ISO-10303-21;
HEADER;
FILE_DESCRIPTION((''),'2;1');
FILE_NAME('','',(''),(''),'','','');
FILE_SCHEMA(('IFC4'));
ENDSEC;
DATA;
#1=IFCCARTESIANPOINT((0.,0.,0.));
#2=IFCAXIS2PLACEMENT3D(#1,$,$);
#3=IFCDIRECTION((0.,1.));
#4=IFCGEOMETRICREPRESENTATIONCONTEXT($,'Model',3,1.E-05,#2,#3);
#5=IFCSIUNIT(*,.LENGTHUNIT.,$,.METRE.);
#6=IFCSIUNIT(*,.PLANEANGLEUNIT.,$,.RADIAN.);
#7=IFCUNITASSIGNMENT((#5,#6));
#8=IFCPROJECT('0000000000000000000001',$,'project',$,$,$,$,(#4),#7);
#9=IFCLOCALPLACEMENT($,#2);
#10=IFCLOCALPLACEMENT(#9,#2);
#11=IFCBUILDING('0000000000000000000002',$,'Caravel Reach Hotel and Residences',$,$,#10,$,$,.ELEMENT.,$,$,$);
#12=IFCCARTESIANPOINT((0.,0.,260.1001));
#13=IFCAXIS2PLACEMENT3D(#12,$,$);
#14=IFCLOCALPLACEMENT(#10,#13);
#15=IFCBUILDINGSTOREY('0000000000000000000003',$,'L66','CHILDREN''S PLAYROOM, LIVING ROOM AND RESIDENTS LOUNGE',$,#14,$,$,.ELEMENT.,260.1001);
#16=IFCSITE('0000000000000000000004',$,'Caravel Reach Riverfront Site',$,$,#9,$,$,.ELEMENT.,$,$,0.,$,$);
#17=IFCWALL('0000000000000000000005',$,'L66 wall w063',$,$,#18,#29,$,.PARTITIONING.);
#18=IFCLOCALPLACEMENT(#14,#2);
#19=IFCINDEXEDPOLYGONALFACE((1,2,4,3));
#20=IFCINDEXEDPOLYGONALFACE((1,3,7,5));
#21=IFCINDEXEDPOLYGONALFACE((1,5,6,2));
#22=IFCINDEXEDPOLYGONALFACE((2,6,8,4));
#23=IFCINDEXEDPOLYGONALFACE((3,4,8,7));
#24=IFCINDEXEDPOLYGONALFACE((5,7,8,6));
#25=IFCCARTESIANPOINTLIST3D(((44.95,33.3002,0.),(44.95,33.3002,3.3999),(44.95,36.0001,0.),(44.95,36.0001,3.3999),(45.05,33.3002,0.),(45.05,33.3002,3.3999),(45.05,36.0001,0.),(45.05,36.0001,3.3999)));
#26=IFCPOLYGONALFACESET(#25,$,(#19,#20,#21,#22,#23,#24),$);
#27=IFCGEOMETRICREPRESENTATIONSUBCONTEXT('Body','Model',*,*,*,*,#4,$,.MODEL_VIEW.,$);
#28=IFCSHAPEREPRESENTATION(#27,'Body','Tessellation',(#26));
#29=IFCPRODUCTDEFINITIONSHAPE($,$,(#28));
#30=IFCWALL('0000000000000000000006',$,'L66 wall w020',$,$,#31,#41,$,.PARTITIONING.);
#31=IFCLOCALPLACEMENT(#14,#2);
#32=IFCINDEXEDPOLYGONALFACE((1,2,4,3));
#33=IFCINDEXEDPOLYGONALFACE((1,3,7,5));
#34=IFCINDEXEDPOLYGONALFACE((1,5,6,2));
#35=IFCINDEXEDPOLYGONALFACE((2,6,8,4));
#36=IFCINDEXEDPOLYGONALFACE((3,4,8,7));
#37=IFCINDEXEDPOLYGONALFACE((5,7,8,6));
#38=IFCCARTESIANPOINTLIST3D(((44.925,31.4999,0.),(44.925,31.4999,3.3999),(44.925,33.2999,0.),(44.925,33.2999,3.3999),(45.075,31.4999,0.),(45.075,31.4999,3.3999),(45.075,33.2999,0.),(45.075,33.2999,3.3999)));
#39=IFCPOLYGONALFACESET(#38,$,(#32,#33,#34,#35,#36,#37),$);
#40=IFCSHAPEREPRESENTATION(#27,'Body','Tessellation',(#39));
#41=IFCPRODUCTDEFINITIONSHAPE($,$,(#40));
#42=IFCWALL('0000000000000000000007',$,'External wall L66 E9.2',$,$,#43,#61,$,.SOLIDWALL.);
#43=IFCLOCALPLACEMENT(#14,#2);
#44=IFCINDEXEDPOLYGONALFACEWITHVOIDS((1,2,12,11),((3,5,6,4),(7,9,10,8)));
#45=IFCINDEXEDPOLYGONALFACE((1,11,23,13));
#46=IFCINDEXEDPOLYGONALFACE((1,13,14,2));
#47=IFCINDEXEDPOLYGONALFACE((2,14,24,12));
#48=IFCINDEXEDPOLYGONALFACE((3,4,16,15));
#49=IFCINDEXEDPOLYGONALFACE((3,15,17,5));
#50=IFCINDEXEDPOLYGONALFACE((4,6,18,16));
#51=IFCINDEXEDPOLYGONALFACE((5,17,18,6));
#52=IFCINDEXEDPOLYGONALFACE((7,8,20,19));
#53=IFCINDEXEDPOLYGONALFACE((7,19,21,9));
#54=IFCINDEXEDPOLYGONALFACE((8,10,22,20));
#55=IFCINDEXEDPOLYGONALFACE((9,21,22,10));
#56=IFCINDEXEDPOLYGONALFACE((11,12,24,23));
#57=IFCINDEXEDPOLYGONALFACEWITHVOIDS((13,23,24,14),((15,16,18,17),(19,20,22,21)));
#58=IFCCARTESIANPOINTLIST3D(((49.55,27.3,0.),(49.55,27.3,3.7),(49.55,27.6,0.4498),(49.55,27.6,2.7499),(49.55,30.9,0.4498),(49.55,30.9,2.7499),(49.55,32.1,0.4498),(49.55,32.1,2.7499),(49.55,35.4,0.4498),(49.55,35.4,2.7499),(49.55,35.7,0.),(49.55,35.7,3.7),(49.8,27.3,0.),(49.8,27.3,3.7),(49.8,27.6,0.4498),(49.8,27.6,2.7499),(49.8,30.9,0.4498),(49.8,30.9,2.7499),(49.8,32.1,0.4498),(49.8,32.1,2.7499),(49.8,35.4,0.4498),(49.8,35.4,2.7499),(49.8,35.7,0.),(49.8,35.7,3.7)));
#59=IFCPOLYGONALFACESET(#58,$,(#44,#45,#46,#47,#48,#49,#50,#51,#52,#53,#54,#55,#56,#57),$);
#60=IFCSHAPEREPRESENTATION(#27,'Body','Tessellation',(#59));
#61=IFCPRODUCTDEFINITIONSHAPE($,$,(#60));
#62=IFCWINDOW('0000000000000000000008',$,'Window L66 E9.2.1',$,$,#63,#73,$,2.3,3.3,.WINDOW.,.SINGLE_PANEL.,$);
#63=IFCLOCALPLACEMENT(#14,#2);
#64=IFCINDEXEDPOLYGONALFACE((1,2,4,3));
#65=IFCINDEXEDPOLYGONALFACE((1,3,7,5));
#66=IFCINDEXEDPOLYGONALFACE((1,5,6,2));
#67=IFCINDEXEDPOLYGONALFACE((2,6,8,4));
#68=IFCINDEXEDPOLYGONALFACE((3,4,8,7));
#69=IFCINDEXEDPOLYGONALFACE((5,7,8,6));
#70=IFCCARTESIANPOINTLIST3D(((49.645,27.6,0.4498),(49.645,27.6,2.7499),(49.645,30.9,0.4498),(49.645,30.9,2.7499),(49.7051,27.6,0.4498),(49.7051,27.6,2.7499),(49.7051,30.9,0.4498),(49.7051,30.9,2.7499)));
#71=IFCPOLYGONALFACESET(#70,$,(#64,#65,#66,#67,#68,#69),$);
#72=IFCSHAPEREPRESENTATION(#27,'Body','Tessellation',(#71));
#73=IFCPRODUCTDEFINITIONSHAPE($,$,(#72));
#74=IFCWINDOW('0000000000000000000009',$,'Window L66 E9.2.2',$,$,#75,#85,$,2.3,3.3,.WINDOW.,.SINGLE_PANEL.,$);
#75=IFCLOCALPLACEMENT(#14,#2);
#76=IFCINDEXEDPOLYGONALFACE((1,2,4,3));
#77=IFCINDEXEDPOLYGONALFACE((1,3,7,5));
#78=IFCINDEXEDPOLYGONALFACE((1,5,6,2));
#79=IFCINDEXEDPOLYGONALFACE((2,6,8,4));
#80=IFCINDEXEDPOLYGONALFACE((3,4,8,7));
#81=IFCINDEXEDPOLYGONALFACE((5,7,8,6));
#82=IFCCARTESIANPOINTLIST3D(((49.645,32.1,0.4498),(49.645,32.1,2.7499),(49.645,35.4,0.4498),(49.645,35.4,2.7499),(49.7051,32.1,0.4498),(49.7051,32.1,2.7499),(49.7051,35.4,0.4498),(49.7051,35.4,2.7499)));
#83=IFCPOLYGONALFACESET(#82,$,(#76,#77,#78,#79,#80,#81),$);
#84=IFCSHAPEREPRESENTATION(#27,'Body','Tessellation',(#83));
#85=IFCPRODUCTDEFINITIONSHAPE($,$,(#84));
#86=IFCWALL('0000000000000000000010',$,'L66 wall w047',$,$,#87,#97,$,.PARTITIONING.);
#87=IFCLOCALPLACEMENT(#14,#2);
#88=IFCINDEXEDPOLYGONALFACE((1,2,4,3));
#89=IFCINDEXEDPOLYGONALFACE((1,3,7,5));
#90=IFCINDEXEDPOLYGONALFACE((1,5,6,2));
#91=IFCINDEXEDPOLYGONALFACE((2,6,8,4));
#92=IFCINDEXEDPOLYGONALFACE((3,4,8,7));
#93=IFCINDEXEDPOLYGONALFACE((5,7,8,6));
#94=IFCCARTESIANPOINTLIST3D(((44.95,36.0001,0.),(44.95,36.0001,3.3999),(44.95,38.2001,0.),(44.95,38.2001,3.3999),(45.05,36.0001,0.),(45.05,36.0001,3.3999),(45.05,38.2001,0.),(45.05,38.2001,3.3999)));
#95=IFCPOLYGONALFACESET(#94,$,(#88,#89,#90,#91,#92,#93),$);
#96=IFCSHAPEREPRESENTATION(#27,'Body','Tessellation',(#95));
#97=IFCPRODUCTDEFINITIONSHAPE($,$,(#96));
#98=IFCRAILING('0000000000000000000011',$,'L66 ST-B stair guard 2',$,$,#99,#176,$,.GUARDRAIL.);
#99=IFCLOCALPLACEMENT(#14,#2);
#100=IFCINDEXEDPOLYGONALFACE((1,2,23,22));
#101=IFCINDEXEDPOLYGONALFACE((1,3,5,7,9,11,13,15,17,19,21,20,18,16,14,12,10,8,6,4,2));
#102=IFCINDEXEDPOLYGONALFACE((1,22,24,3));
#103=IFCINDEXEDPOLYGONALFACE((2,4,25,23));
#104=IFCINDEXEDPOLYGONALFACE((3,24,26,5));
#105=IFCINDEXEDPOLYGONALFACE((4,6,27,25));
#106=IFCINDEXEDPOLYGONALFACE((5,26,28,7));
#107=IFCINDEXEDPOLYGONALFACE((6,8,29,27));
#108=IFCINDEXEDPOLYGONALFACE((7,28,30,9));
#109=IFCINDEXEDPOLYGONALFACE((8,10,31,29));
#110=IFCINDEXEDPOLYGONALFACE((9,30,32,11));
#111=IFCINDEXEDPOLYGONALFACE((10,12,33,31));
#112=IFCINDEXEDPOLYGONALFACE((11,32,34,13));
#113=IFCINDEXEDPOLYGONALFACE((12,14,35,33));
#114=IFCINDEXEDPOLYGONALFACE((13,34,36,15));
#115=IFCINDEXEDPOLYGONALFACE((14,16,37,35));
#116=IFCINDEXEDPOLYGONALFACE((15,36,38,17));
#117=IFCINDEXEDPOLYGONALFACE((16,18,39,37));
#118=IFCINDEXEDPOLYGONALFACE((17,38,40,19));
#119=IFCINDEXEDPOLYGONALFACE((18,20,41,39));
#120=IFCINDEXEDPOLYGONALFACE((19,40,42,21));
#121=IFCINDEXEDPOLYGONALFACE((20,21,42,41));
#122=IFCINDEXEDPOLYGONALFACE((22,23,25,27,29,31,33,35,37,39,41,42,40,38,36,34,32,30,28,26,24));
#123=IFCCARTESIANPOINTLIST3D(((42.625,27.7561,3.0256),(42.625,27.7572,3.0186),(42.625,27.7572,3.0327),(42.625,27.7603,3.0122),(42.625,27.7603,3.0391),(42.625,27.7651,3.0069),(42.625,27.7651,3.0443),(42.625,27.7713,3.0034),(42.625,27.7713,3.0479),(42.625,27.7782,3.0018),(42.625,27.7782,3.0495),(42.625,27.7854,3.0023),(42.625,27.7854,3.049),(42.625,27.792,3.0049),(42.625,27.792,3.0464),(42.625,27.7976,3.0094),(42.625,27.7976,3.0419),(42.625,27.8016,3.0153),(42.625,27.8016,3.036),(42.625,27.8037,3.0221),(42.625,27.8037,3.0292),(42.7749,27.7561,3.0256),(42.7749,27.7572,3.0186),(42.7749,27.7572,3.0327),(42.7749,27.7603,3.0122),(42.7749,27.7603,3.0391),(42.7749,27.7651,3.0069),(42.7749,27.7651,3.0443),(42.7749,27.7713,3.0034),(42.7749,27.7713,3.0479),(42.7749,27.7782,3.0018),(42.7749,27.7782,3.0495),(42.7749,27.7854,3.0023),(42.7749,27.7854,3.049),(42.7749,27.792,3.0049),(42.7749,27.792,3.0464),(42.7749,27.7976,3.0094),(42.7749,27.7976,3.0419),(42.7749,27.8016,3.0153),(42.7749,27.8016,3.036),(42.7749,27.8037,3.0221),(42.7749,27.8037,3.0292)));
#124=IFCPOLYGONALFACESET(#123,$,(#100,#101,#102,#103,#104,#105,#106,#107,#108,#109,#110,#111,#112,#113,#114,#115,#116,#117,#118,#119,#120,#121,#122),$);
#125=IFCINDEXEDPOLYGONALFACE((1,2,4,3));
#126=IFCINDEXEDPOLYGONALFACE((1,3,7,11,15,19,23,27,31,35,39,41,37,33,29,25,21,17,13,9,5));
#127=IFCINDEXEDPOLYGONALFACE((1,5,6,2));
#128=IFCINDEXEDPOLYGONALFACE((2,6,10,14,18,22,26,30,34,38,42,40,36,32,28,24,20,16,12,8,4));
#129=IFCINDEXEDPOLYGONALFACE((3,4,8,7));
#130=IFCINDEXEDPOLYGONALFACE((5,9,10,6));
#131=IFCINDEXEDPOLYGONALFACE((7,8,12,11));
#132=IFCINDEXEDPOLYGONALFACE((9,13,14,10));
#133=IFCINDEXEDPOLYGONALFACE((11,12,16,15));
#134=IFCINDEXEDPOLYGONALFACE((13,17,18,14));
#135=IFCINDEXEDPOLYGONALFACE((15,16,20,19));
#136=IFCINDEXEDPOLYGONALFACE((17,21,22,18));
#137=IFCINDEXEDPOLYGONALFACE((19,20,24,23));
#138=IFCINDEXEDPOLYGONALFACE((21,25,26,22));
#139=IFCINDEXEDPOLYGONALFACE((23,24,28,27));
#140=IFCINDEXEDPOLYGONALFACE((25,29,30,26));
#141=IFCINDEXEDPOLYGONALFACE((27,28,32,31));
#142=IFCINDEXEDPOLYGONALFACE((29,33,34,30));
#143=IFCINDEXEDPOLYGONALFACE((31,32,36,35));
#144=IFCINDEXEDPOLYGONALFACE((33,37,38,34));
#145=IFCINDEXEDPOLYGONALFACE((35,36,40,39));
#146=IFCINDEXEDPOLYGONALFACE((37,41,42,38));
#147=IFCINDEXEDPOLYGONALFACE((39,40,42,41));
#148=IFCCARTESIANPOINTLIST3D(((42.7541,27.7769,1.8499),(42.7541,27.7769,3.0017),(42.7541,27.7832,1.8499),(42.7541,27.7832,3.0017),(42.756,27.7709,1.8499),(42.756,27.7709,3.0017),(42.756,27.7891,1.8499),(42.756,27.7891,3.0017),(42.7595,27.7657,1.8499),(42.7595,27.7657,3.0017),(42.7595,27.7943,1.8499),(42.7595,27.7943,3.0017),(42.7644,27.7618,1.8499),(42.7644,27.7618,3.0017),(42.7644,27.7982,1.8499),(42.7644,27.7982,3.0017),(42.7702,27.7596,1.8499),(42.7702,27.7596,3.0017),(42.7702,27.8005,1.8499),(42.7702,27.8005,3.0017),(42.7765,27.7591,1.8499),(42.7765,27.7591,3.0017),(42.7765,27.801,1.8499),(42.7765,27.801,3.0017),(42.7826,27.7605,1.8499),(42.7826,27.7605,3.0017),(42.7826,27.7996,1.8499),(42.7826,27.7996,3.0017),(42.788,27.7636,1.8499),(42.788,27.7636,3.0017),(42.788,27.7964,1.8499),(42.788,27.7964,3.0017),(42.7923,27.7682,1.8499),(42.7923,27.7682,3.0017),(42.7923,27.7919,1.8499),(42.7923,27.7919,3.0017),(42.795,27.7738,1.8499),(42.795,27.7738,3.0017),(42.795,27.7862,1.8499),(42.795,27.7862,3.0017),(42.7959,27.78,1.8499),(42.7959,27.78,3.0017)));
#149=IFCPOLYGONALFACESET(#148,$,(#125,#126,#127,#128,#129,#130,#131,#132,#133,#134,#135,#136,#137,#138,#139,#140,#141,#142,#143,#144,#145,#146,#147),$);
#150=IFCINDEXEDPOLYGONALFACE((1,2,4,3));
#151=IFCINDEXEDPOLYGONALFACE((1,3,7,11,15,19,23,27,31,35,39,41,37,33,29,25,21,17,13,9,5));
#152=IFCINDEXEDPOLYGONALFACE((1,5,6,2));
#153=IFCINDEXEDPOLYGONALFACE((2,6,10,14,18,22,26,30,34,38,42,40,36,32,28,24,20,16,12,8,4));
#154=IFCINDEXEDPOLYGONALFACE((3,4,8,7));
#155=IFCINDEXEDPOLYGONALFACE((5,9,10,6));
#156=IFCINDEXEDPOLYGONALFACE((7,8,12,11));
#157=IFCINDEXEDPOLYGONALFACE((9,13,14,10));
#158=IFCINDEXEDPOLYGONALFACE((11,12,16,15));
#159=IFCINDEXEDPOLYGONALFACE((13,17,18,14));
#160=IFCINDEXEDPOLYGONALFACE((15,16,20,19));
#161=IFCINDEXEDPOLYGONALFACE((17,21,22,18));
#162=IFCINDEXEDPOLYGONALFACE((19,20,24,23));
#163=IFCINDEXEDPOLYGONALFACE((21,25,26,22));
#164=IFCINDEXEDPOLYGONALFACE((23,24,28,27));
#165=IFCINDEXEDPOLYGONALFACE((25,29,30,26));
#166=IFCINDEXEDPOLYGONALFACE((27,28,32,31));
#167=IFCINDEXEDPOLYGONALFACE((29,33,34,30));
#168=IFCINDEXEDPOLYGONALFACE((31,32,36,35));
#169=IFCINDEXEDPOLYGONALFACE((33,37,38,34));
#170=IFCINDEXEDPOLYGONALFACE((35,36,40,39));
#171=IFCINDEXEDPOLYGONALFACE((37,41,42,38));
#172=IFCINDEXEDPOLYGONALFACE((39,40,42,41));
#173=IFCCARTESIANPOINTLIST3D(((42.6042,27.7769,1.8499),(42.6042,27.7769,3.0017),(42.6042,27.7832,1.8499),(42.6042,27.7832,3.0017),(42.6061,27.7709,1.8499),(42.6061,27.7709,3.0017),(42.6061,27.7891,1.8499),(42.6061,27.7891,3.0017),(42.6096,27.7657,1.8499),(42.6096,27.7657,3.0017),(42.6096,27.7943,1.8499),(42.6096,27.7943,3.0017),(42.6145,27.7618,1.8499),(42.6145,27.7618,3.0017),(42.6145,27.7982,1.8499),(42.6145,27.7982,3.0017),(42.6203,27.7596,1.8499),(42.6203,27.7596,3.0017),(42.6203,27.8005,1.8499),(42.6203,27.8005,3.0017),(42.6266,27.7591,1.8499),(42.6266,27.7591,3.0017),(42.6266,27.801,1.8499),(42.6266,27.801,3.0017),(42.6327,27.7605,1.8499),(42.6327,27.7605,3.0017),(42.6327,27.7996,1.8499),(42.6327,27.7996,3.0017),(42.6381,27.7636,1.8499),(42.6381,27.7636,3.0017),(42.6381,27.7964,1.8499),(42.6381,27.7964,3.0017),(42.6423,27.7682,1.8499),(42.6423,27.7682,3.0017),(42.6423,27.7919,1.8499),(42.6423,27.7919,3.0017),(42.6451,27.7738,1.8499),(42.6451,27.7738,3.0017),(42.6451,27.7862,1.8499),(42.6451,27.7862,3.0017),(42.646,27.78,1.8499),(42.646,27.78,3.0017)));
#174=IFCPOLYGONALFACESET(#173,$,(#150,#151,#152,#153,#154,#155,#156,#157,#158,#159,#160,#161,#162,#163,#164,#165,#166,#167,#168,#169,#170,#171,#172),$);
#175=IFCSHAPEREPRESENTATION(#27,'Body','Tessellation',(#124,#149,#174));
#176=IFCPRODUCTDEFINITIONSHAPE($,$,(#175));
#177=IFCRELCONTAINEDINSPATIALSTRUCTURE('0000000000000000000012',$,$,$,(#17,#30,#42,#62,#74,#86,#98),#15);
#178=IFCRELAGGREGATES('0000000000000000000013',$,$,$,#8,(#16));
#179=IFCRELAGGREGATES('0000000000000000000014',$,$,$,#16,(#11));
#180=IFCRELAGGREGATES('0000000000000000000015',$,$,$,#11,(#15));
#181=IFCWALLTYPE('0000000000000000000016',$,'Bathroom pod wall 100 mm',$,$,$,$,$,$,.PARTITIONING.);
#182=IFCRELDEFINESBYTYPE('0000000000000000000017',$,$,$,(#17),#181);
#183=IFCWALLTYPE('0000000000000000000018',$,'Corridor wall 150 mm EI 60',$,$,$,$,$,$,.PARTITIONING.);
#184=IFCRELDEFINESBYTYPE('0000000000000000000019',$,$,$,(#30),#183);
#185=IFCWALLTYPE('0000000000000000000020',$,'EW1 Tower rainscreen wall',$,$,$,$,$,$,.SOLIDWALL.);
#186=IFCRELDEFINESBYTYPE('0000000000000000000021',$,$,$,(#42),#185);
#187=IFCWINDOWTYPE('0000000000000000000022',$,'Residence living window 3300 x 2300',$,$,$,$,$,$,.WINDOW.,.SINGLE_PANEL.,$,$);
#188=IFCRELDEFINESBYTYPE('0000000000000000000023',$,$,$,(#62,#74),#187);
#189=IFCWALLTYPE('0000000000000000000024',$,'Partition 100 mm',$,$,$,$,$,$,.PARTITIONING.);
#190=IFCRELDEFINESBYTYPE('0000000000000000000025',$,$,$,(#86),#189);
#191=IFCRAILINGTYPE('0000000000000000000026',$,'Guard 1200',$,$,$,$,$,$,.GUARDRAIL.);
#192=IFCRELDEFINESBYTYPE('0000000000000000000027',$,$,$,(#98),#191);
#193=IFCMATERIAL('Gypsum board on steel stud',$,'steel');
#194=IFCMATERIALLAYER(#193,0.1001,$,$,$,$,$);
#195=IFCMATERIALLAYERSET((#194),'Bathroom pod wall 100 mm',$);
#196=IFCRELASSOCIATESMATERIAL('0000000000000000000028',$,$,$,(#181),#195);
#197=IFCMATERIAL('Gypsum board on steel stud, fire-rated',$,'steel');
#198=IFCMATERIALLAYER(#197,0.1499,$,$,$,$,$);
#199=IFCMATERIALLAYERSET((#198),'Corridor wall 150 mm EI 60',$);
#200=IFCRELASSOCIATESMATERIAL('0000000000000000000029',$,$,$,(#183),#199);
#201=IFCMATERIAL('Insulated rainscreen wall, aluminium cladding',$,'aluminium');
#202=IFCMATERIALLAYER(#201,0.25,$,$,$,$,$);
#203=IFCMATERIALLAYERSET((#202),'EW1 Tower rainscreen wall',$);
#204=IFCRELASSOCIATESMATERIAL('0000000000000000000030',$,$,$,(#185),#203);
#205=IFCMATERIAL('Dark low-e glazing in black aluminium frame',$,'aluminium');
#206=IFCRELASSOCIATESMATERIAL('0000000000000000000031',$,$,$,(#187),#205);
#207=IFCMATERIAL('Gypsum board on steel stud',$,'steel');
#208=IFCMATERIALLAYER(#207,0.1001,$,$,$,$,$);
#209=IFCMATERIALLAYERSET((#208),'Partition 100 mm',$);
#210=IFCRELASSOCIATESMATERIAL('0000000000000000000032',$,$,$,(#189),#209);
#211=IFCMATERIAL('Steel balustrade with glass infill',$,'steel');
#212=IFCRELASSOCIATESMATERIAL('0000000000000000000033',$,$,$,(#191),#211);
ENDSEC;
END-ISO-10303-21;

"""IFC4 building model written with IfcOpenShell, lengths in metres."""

from ifc_helpers import new_model, si_unit, direction, frame, frame_2d, origin, origin_2d, place, context, subcontext, project, spatial, rectangle, circle, extrude, material, layer, layer_set, type_object, element, fill, save


model = new_model("IFC4")

# Units and contexts
model_context = context("Model", 3, precision=1e-05, world=origin(), true_north=direction((0.0, 1.0)))
body_context = subcontext(model_context, "Body", "Model", "MODEL_VIEW")
ifc_project = project(units=[si_unit("LENGTHUNIT", "METRE"), si_unit("PLANEANGLEUNIT", "RADIAN")], contexts=[model_context])

# Site, building, storey
site_placement = place(None, origin())
site = spatial("IfcSite", under=ifc_project, at=site_placement, Name="Caravel Reach Riverfront Site", CompositionType="ELEMENT", RefElevation=0.0)
building_placement = place(site_placement, origin())
building = spatial("IfcBuilding", under=site, at=building_placement, Name="Caravel Reach Hotel and Residences", CompositionType="ELEMENT")
storey_placement = place(building_placement, frame((0.0, 0.0, 260.1001)))
storey = spatial("IfcBuildingStorey", under=building, at=storey_placement, Name="L66", Description="CHILDREN'S PLAYROOM, LIVING ROOM AND RESIDENTS LOUNGE", CompositionType="ELEMENT", Elevation=260.1001)

# Shared definitions
ifc_material_1 = material(Name="Gypsum board on steel stud", Category="steel")
ifc_layer_1 = layer(ifc_material_1, 0.1001)
ifc_layer_set_1 = layer_set([ifc_layer_1], Name="Bathroom pod wall 100 mm")
wall_type_1 = type_object("IfcWallType", Name="Bathroom pod wall 100 mm", PredefinedType="PARTITIONING", material=ifc_layer_set_1)

# Walls
wall_1_placement = place(storey_placement, frame((45.0, 33.3, 0.0), z_axis=(0.0, 0.0, 1.0), x_axis=(0.0, 1.0, 0.0)))
element("IfcWall", 1, at=wall_1_placement, inside=storey, type_object=wall_type_1, Name="L66 wall w063", PredefinedType="PARTITIONING", context=body_context, shape_type="SweptSolid", body=[
    extrude(rectangle(XDim=2.7, YDim=0.1001, at=frame_2d((1.3501, 0.0))), origin(), (0.0, 0.0, 1.0), 3.3999),
])
ifc_material_2 = material(Name="Gypsum board on steel stud, fire-rated", Category="steel")
ifc_layer_2 = layer(ifc_material_2, 0.1499)
ifc_layer_set_2 = layer_set([ifc_layer_2], Name="Corridor wall 150 mm EI 60")
wall_type_2 = type_object("IfcWallType", Name="Corridor wall 150 mm EI 60", PredefinedType="PARTITIONING", material=ifc_layer_set_2)
wall_2_placement = place(storey_placement, frame((45.0, 31.5, 0.0), z_axis=(0.0, 0.0, 1.0), x_axis=(0.0, 1.0, 0.0)))
element("IfcWall", 2, at=wall_2_placement, inside=storey, type_object=wall_type_2, Name="L66 wall w020", PredefinedType="PARTITIONING", context=body_context, shape_type="SweptSolid", body=[
    extrude(rectangle(XDim=1.8, YDim=0.1499, at=frame_2d((0.8999, 0.0))), origin(), (0.0, 0.0, 1.0), 3.3999),
])

# Wall, openings, windows
ifc_material_3 = material(Name="Insulated rainscreen wall, aluminium cladding", Category="aluminium")
ifc_layer_3 = layer(ifc_material_3, 0.25)
ifc_layer_set_3 = layer_set([ifc_layer_3], Name="EW1 Tower rainscreen wall")
wall_type_3 = type_object("IfcWallType", Name="EW1 Tower rainscreen wall", PredefinedType="SOLIDWALL", material=ifc_layer_set_3)
wall_3_placement = place(storey_placement, frame((49.675, 27.3, 0.0), z_axis=(0.0, 0.0, 1.0), x_axis=(0.0, 1.0, 0.0)))
wall_3 = element("IfcWall", 3, at=wall_3_placement, inside=storey, type_object=wall_type_3, Name="External wall L66 E9.2", PredefinedType="SOLIDWALL", context=body_context, shape_type="SweptSolid", body=[
    extrude(rectangle(XDim=8.3999, YDim=0.25, at=frame_2d((4.2, 0.0))), origin(), (0.0, 0.0, 1.0), 3.7),
])
opening_1_placement = place(wall_3_placement, frame((0.3, 0.0, 0.45)))
opening_1 = element("IfcOpeningElement", 4, at=opening_1_placement, cuts=wall_3, PredefinedType="OPENING", context=body_context, shape_type="SweptSolid", body=[
    extrude(rectangle(XDim=3.3, YDim=2.3, at=frame_2d((1.6499, 1.1499))), frame((0.0, 0.135, 0.0), z_axis=(0.0, -1.0, 0.0), x_axis=(1.0, 0.0, 0.0)), (0.0, 0.0, 1.0), 0.27),
])
opening_2_placement = place(wall_3_placement, frame((4.8, 0.0, 0.45)))
opening_2 = element("IfcOpeningElement", 5, at=opening_2_placement, cuts=wall_3, PredefinedType="OPENING", context=body_context, shape_type="SweptSolid", body=[
    extrude(rectangle(XDim=3.3, YDim=2.3, at=frame_2d((1.6499, 1.1499))), frame((0.0, 0.135, 0.0), z_axis=(0.0, -1.0, 0.0), x_axis=(1.0, 0.0, 0.0)), (0.0, 0.0, 1.0), 0.27),
])
ifc_material_4 = material(Name="Dark low-e glazing in black aluminium frame", Category="aluminium")
window_type = type_object("IfcWindowType", Name="Residence living window 3300 x 2300", PartitioningType="SINGLE_PANEL", PredefinedType="WINDOW", material=ifc_material_4)
window_1_placement = place(opening_1_placement, origin())
window_1 = element("IfcWindow", 6, at=window_1_placement, inside=storey, type_object=window_type, Name="Window L66 E9.2.1", OverallHeight=2.3, OverallWidth=3.3, PartitioningType="SINGLE_PANEL", PredefinedType="WINDOW", context=body_context, shape_type="SweptSolid", body=[
    extrude(rectangle(XDim=3.3, YDim=2.3, at=frame_2d((1.6499, 1.1499))), frame((0.0, 0.03, 0.0), z_axis=(0.0, -1.0, 0.0), x_axis=(1.0, 0.0, 0.0)), (0.0, 0.0, 1.0), 0.0601),
])
fill(opening_1, window_1)
window_2_placement = place(opening_2_placement, origin())
window_2 = element("IfcWindow", 7, at=window_2_placement, inside=storey, type_object=window_type, Name="Window L66 E9.2.2", OverallHeight=2.3, OverallWidth=3.3, PartitioningType="SINGLE_PANEL", PredefinedType="WINDOW", context=body_context, shape_type="SweptSolid", body=[
    extrude(rectangle(XDim=3.3, YDim=2.3, at=frame_2d((1.6499, 1.1499))), frame((0.0, 0.03, 0.0), z_axis=(0.0, -1.0, 0.0), x_axis=(1.0, 0.0, 0.0)), (0.0, 0.0, 1.0), 0.0601),
])
fill(opening_2, window_2)

# Wall
ifc_material_5 = material(Name="Gypsum board on steel stud", Category="steel")
ifc_layer_4 = layer(ifc_material_5, 0.1001)
ifc_layer_set_4 = layer_set([ifc_layer_4], Name="Partition 100 mm")
wall_type_4 = type_object("IfcWallType", Name="Partition 100 mm", PredefinedType="PARTITIONING", material=ifc_layer_set_4)
wall_4_placement = place(storey_placement, frame((45.0, 36.0, 0.0), z_axis=(0.0, 0.0, 1.0), x_axis=(0.0, 1.0, 0.0)))
element("IfcWall", 8, at=wall_4_placement, inside=storey, type_object=wall_type_4, Name="L66 wall w047", PredefinedType="PARTITIONING", context=body_context, shape_type="SweptSolid", body=[
    extrude(rectangle(XDim=2.2, YDim=0.1001, at=frame_2d((1.1001, 0.0))), origin(), (0.0, 0.0, 1.0), 3.3999),
])

# Railing
ifc_material_6 = material(Name="Steel balustrade with glass infill", Category="steel")
railing_type = type_object("IfcRailingType", Name="Guard 1200", PredefinedType="GUARDRAIL", material=ifc_material_6)
railing_1_placement = place(storey_placement, frame((42.7749, 27.78, 1.8499)))
element("IfcRailing", 9, at=railing_1_placement, inside=storey, type_object=railing_type, Name="L66 ST-B stair guard 2", PredefinedType="GUARDRAIL", context=body_context, shape_type="SweptSolid", body=[
    extrude(circle(Radius=0.0239, at=origin_2d()), frame((0.0, 0.0, 1.1758), z_axis=(-1.0, 0.0, 0.0), x_axis=(0.0, -1.0, 0.0)), (0.0, 0.0, 1.0), 0.1499),
    extrude(circle(Radius=0.021, at=origin_2d()), origin(), (0.0, 0.0, 1.0), 1.1519),
    extrude(circle(Radius=0.021, at=origin_2d()), frame((-0.1499, 0.0, 0.0)), (0.0, 0.0, 1.0), 1.1519),
])

save(model, "model.ifc")
